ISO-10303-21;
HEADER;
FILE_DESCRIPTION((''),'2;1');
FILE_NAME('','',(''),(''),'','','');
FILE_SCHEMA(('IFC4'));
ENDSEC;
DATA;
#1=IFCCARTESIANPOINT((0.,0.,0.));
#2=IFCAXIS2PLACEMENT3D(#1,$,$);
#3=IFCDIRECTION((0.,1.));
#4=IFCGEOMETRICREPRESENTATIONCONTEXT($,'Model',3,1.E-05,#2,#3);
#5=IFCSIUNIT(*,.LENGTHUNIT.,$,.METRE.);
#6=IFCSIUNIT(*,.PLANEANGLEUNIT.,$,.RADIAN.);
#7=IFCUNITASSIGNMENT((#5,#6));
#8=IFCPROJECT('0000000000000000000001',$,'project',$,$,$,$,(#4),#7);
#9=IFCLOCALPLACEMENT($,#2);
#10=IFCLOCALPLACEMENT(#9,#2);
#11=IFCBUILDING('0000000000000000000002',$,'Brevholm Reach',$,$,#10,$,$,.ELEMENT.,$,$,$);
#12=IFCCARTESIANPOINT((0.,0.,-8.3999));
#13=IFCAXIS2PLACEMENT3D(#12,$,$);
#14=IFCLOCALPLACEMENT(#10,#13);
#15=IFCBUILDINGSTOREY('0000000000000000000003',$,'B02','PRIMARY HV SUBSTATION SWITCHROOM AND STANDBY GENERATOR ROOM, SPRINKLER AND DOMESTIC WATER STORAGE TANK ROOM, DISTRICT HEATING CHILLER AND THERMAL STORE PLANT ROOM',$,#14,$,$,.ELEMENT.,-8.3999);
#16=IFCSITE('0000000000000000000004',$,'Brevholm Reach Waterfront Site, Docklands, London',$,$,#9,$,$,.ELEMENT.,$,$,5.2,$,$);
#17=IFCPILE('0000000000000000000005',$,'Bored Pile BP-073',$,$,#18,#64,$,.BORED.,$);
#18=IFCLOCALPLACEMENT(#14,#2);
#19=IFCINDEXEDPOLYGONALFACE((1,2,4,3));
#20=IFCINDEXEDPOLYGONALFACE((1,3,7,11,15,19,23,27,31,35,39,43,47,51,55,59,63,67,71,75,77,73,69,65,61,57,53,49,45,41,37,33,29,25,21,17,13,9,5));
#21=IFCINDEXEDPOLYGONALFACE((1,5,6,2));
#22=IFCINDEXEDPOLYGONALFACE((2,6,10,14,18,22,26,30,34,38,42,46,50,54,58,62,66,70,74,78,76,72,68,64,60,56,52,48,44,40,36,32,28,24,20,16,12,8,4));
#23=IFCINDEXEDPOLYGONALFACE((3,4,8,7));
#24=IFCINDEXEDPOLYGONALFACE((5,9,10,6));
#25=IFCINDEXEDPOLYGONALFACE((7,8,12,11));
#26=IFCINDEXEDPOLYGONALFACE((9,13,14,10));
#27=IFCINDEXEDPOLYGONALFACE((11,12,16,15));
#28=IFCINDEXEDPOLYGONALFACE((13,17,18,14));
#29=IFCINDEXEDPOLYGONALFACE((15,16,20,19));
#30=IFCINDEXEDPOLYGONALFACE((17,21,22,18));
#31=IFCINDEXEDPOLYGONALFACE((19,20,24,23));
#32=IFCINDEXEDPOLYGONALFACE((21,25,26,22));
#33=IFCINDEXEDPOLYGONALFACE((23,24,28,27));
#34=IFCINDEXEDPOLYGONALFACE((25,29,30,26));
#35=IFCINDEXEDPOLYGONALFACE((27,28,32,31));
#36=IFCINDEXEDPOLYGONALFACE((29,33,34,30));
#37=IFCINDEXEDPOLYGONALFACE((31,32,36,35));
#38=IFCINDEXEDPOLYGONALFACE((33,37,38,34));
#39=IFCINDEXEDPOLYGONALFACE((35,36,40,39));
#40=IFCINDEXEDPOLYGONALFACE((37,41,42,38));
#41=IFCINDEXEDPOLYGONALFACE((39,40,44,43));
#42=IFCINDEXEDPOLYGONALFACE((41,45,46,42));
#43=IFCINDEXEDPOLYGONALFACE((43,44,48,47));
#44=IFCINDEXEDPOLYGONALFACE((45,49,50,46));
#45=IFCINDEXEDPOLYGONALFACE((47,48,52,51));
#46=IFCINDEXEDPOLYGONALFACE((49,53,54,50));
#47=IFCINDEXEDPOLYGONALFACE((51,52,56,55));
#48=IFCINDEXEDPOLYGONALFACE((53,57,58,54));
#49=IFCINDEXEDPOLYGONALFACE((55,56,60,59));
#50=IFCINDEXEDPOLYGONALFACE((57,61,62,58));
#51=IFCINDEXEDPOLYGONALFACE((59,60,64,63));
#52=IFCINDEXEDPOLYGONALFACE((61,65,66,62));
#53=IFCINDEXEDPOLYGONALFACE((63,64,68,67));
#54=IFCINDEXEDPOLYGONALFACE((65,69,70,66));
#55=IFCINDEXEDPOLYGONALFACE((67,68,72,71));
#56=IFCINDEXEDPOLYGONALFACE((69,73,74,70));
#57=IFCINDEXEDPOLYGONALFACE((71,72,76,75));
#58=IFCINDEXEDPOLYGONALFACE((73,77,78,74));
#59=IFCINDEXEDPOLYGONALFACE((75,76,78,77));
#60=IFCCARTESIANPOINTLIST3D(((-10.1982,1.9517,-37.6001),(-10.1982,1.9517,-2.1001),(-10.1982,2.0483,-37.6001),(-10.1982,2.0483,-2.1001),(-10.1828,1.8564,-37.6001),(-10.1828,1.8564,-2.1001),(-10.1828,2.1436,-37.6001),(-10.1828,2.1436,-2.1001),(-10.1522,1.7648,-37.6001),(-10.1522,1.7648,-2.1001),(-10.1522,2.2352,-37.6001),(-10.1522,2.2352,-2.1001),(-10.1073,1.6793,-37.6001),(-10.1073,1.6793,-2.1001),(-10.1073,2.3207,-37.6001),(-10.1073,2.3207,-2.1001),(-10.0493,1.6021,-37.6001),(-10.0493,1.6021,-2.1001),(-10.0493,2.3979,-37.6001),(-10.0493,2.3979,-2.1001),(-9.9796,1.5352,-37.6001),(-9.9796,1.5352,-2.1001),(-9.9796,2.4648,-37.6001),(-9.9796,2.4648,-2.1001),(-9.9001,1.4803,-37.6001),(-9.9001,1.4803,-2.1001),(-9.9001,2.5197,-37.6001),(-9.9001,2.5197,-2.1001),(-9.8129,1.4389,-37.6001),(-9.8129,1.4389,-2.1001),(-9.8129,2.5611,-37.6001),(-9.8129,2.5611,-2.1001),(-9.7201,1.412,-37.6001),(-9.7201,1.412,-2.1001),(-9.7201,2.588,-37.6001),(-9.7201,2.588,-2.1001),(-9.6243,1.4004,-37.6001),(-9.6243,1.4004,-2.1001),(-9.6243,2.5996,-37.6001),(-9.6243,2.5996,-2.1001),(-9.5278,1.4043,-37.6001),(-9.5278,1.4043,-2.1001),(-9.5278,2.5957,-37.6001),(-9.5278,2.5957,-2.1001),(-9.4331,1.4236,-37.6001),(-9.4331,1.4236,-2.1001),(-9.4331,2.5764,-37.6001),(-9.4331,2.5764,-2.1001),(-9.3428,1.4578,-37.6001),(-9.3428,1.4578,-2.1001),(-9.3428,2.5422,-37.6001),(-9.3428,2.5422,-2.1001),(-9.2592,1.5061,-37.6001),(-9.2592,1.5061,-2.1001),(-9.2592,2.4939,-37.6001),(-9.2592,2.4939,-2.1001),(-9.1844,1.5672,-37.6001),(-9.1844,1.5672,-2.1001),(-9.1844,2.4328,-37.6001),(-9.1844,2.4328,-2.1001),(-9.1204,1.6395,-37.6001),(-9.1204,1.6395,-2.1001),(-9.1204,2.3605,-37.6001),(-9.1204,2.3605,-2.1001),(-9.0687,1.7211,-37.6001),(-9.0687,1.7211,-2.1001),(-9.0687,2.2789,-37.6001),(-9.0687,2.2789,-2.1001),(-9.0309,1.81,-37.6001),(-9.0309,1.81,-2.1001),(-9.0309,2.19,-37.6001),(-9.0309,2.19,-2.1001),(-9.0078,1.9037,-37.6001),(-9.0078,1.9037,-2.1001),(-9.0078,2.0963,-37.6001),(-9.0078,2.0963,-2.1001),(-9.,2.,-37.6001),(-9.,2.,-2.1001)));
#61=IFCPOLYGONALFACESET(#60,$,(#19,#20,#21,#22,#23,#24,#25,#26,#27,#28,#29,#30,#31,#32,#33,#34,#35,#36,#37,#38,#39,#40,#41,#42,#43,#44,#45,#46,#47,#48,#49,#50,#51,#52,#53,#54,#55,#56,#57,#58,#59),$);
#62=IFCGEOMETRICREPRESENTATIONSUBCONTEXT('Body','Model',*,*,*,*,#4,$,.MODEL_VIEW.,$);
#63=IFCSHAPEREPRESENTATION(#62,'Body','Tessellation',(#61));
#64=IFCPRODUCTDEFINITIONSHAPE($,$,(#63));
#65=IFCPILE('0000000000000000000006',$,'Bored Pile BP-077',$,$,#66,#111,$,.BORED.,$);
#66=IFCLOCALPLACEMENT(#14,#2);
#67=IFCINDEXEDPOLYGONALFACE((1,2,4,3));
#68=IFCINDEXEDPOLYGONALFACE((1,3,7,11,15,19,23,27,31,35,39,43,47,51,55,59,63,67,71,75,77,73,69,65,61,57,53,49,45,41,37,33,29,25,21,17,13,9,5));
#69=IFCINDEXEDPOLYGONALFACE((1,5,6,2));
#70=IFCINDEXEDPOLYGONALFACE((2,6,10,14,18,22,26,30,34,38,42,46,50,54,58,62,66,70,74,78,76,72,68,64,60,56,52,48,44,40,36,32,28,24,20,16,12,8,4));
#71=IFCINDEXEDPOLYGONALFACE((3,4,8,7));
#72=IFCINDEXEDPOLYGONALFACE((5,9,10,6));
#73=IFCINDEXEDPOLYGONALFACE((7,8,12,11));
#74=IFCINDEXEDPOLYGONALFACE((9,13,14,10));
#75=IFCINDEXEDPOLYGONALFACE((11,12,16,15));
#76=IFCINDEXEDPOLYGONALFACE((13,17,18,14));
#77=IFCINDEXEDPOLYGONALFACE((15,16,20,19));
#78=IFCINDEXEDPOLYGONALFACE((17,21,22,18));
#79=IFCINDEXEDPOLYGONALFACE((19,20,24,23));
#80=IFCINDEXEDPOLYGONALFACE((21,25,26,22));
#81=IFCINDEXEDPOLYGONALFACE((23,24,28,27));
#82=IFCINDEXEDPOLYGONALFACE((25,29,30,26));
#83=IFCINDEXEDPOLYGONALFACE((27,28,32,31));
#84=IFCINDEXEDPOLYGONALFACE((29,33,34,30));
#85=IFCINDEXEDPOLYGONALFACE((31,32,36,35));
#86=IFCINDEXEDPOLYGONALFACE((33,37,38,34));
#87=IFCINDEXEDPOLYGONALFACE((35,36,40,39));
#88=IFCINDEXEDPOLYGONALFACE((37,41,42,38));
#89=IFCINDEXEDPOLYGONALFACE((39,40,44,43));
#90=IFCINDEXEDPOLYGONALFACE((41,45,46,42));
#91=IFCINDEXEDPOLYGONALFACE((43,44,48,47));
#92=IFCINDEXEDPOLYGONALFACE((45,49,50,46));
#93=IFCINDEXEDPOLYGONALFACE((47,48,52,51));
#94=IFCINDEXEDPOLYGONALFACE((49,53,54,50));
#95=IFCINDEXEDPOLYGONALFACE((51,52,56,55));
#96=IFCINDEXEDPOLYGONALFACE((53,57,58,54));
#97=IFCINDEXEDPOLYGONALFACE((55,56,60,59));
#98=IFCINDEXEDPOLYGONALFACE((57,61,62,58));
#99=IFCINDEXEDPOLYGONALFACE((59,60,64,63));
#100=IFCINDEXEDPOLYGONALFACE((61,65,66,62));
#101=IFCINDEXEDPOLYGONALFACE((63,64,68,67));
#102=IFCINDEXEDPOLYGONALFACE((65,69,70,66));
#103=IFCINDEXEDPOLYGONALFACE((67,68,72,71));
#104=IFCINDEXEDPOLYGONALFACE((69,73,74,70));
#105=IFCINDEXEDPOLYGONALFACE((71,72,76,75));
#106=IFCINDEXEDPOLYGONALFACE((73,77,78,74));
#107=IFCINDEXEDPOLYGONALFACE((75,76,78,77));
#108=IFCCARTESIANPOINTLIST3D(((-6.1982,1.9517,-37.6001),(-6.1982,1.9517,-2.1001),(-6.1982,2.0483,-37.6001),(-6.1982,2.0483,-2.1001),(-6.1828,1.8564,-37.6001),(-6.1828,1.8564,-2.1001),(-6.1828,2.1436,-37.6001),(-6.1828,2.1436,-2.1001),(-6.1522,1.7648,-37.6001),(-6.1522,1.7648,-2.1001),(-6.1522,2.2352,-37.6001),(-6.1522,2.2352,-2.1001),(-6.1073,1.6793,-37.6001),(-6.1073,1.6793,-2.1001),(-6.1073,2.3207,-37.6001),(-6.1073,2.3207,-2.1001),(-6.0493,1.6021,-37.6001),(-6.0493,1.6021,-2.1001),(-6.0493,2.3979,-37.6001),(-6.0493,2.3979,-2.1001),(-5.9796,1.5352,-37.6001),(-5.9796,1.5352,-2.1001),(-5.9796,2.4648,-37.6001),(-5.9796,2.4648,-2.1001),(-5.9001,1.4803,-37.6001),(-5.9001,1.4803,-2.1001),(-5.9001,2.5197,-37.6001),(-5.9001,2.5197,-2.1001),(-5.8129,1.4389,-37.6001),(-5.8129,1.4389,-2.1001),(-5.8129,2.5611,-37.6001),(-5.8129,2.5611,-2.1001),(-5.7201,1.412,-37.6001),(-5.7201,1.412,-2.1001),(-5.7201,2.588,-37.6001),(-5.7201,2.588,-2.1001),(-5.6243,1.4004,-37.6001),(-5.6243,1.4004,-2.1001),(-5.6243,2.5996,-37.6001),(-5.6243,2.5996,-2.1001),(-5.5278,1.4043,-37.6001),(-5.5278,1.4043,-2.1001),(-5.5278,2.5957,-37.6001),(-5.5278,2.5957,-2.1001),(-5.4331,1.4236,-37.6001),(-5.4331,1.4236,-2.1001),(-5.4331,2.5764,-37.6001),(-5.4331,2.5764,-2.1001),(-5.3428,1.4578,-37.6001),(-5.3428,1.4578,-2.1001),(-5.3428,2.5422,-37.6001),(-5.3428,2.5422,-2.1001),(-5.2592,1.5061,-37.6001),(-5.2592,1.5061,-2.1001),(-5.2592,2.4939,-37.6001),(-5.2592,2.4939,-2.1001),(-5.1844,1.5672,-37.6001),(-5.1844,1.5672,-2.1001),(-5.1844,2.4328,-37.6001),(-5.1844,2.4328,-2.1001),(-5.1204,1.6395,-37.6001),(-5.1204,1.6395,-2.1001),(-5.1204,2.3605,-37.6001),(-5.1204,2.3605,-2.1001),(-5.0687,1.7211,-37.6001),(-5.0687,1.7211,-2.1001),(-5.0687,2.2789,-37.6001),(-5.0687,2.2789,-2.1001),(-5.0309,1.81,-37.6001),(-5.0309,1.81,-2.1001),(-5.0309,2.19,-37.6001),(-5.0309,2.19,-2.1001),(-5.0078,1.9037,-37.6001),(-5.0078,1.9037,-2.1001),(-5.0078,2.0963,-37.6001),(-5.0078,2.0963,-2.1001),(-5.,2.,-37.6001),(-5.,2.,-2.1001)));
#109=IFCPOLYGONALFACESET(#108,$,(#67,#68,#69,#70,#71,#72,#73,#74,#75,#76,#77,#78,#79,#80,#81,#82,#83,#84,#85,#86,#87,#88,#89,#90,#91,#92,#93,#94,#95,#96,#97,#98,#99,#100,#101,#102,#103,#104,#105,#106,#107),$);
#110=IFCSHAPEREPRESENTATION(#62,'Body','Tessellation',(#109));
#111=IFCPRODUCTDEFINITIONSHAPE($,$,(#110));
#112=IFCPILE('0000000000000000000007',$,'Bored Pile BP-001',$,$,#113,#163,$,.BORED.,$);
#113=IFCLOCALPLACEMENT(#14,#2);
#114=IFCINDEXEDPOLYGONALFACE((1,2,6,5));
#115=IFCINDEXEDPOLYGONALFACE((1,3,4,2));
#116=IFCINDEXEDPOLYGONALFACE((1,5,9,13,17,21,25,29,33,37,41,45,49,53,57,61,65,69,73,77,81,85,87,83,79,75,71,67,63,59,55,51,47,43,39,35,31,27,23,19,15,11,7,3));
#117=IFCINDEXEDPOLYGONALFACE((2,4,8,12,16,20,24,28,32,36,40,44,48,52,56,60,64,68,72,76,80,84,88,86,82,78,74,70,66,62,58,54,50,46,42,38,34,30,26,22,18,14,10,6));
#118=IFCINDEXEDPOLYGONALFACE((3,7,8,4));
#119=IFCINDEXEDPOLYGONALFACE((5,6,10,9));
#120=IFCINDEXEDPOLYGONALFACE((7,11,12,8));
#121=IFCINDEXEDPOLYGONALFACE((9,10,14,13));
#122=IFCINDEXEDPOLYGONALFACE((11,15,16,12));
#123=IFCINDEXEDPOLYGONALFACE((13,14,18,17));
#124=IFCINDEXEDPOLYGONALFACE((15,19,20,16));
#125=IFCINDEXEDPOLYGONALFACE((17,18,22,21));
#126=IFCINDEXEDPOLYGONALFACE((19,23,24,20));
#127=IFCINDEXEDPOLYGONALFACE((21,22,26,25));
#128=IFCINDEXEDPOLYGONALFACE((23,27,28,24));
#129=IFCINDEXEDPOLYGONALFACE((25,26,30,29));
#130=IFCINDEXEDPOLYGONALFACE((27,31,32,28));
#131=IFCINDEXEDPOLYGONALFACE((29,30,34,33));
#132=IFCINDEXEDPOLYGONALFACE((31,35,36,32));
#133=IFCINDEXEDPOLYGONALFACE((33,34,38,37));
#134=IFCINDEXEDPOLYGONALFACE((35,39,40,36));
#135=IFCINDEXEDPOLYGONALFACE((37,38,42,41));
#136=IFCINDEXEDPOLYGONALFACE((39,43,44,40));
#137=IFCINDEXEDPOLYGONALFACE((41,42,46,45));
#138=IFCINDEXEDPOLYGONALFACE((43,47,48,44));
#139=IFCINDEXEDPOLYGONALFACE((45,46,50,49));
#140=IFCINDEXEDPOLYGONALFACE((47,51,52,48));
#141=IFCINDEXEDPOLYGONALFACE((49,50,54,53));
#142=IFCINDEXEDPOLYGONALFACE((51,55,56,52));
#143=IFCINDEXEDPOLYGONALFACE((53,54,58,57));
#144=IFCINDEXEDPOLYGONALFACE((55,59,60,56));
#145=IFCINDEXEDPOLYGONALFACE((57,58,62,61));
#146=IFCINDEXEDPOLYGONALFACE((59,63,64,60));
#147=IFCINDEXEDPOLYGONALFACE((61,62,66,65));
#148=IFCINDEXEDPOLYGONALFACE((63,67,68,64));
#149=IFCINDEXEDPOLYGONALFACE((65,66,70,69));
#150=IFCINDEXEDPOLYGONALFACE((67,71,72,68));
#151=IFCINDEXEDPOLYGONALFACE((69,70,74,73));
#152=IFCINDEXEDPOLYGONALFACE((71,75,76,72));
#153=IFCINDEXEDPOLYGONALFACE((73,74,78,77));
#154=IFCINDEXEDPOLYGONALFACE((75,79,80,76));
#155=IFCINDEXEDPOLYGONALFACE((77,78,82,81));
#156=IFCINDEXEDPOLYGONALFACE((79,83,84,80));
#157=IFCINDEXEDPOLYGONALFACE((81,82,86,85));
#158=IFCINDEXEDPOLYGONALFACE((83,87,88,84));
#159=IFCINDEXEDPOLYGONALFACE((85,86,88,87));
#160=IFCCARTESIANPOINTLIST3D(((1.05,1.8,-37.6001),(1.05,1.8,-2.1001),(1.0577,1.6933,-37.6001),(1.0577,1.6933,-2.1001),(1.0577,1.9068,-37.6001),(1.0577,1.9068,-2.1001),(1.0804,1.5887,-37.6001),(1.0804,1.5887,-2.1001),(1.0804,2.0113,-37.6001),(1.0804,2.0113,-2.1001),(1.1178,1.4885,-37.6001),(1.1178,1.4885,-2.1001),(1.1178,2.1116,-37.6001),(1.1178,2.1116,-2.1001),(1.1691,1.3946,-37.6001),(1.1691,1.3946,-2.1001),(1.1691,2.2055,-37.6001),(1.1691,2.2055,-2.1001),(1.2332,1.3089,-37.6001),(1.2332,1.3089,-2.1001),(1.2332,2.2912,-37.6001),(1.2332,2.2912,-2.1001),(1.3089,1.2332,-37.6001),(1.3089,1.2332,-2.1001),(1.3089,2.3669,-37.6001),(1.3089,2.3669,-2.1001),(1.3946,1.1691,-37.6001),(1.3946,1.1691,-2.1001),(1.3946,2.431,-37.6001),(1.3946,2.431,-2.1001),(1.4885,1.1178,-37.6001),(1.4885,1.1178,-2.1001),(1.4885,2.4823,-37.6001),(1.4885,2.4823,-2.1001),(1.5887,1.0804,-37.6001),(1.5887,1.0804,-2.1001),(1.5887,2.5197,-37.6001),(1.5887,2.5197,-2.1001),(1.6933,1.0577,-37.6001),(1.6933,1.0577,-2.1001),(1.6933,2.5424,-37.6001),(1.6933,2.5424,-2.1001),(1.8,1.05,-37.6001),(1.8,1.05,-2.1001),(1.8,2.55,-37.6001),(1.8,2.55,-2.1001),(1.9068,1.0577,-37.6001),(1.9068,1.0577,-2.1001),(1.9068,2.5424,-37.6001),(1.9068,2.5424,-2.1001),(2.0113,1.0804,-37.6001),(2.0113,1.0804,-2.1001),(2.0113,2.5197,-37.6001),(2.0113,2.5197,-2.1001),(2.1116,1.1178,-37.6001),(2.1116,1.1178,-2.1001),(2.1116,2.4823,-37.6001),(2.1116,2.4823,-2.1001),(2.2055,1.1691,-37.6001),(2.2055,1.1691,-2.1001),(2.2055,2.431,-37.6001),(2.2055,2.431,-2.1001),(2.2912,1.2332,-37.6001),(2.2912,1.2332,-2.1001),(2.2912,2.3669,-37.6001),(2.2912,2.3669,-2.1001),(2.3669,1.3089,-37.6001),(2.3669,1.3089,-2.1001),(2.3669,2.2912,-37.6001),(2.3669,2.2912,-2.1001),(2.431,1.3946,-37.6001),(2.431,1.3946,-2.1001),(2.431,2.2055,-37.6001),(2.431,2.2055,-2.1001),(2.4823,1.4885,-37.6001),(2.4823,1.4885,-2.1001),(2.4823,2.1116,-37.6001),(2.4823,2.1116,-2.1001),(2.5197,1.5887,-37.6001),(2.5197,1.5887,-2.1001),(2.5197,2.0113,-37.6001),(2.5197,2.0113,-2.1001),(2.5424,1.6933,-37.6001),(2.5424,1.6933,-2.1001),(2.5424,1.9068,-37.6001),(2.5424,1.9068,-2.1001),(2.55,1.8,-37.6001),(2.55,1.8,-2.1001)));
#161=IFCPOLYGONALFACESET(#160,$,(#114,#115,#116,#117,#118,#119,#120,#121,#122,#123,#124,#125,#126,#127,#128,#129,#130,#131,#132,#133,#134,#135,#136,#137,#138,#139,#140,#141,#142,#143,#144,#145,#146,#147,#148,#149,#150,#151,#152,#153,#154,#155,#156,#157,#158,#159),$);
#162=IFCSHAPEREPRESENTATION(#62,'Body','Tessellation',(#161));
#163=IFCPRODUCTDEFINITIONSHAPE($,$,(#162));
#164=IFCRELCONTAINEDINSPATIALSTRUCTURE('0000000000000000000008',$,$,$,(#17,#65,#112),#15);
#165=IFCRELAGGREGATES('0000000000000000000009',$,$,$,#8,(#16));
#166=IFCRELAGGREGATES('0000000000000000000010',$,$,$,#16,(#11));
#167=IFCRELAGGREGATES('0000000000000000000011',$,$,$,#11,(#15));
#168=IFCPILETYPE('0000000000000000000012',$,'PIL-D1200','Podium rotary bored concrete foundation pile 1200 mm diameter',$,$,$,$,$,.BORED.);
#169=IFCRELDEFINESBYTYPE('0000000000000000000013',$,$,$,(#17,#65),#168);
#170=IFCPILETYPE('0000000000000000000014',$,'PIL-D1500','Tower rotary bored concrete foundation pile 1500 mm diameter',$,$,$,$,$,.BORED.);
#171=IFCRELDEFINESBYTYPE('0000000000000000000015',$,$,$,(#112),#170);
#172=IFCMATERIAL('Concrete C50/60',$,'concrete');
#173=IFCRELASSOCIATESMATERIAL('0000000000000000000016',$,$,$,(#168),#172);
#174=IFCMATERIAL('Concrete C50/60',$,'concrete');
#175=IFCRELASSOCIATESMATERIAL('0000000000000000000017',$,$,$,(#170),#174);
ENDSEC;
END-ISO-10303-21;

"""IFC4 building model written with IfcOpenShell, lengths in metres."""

from ifc_helpers import new_model, si_unit, direction, frame, origin, origin_2d, place, context, subcontext, project, spatial, circle, extrude, material, material_profile, profile_set, type_object, element, save


model = new_model("IFC4")

# Units and contexts
model_context = context("Model", 3, precision=1e-05, world=origin(), true_north=direction((0.0, 1.0)))
body_context = subcontext(model_context, "Body", "Model", "MODEL_VIEW")
ifc_project = project(units=[si_unit("LENGTHUNIT", "METRE"), si_unit("PLANEANGLEUNIT", "RADIAN")], contexts=[model_context])

# Site, building, storey
site_placement = place(None, origin())
site = spatial("IfcSite", under=ifc_project, at=site_placement, Name="Brevholm Reach Waterfront Site, Docklands, London", CompositionType="ELEMENT", RefElevation=5.2)
building_placement = place(site_placement, origin())
building = spatial("IfcBuilding", under=site, at=building_placement, Name="Brevholm Reach", CompositionType="ELEMENT")
storey_placement = place(building_placement, frame((0.0, 0.0, -8.3999)))
storey = spatial("IfcBuildingStorey", under=building, at=storey_placement, Name="B02", Description="PRIMARY HV SUBSTATION SWITCHROOM AND STANDBY GENERATOR ROOM, SPRINKLER AND DOMESTIC WATER STORAGE TANK ROOM, DISTRICT HEATING CHILLER AND THERMAL STORE PLANT ROOM", CompositionType="ELEMENT", Elevation=-8.3999)

# Piles
ifc_material_1 = material(Name="Concrete C50/60", Category="concrete")
ifc_material_profile_1 = material_profile(ifc_material_1, circle(Radius=0.6001, at=origin_2d()), Name="PILE D1200")
ifc_profile_set_1 = profile_set([ifc_material_profile_1], Name="Concrete C50/60")
pile_type_1 = type_object("IfcPileType", Name="PIL-D1200", Description="Podium rotary bored concrete foundation pile 1200 mm diameter", PredefinedType="BORED", material=ifc_profile_set_1)
for number, where, z_axis, x_axis, name in (
    (1, (-9.6001, 2.0, -2.1001), (0.0, 0.0, -1.0), (1.0, 0.0, 0.0), "Bored Pile BP-073"),
    (2, (-5.6001, 2.0, -2.1001), (0.0, 0.0, -1.0), (1.0, 0.0, 0.0), "Bored Pile BP-077"),
):
    element("IfcPile", number, at=place(storey_placement, frame(where, z_axis=z_axis, x_axis=x_axis)), inside=storey, type_object=pile_type_1, Name=name, PredefinedType="BORED", context=body_context, shape_type="SweptSolid", body=[
        extrude(circle(Radius=0.6001, at=origin_2d()), origin(), (0.0, 0.0, 1.0), 35.5),
    ])
ifc_material_2 = material(Name="Concrete C50/60", Category="concrete")
ifc_material_profile_2 = material_profile(ifc_material_2, circle(Radius=0.75, at=origin_2d()), Name="PILE D1500")
ifc_profile_set_2 = profile_set([ifc_material_profile_2], Name="Concrete C50/60")
pile_type_2 = type_object("IfcPileType", Name="PIL-D1500", Description="Tower rotary bored concrete foundation pile 1500 mm diameter", PredefinedType="BORED", material=ifc_profile_set_2)
for number, where, z_axis, x_axis, name in (
    (3, (1.8, 1.8, -2.1001), (0.0, 0.0, -1.0), (1.0, 0.0, 0.0), "Bored Pile BP-001"),
):
    element("IfcPile", number, at=place(storey_placement, frame(where, z_axis=z_axis, x_axis=x_axis)), inside=storey, type_object=pile_type_2, Name=name, PredefinedType="BORED", context=body_context, shape_type="SweptSolid", body=[
        extrude(circle(Radius=0.75, at=origin_2d()), origin(), (0.0, 0.0, 1.0), 35.5),
    ])

save(model, "model.ifc")
